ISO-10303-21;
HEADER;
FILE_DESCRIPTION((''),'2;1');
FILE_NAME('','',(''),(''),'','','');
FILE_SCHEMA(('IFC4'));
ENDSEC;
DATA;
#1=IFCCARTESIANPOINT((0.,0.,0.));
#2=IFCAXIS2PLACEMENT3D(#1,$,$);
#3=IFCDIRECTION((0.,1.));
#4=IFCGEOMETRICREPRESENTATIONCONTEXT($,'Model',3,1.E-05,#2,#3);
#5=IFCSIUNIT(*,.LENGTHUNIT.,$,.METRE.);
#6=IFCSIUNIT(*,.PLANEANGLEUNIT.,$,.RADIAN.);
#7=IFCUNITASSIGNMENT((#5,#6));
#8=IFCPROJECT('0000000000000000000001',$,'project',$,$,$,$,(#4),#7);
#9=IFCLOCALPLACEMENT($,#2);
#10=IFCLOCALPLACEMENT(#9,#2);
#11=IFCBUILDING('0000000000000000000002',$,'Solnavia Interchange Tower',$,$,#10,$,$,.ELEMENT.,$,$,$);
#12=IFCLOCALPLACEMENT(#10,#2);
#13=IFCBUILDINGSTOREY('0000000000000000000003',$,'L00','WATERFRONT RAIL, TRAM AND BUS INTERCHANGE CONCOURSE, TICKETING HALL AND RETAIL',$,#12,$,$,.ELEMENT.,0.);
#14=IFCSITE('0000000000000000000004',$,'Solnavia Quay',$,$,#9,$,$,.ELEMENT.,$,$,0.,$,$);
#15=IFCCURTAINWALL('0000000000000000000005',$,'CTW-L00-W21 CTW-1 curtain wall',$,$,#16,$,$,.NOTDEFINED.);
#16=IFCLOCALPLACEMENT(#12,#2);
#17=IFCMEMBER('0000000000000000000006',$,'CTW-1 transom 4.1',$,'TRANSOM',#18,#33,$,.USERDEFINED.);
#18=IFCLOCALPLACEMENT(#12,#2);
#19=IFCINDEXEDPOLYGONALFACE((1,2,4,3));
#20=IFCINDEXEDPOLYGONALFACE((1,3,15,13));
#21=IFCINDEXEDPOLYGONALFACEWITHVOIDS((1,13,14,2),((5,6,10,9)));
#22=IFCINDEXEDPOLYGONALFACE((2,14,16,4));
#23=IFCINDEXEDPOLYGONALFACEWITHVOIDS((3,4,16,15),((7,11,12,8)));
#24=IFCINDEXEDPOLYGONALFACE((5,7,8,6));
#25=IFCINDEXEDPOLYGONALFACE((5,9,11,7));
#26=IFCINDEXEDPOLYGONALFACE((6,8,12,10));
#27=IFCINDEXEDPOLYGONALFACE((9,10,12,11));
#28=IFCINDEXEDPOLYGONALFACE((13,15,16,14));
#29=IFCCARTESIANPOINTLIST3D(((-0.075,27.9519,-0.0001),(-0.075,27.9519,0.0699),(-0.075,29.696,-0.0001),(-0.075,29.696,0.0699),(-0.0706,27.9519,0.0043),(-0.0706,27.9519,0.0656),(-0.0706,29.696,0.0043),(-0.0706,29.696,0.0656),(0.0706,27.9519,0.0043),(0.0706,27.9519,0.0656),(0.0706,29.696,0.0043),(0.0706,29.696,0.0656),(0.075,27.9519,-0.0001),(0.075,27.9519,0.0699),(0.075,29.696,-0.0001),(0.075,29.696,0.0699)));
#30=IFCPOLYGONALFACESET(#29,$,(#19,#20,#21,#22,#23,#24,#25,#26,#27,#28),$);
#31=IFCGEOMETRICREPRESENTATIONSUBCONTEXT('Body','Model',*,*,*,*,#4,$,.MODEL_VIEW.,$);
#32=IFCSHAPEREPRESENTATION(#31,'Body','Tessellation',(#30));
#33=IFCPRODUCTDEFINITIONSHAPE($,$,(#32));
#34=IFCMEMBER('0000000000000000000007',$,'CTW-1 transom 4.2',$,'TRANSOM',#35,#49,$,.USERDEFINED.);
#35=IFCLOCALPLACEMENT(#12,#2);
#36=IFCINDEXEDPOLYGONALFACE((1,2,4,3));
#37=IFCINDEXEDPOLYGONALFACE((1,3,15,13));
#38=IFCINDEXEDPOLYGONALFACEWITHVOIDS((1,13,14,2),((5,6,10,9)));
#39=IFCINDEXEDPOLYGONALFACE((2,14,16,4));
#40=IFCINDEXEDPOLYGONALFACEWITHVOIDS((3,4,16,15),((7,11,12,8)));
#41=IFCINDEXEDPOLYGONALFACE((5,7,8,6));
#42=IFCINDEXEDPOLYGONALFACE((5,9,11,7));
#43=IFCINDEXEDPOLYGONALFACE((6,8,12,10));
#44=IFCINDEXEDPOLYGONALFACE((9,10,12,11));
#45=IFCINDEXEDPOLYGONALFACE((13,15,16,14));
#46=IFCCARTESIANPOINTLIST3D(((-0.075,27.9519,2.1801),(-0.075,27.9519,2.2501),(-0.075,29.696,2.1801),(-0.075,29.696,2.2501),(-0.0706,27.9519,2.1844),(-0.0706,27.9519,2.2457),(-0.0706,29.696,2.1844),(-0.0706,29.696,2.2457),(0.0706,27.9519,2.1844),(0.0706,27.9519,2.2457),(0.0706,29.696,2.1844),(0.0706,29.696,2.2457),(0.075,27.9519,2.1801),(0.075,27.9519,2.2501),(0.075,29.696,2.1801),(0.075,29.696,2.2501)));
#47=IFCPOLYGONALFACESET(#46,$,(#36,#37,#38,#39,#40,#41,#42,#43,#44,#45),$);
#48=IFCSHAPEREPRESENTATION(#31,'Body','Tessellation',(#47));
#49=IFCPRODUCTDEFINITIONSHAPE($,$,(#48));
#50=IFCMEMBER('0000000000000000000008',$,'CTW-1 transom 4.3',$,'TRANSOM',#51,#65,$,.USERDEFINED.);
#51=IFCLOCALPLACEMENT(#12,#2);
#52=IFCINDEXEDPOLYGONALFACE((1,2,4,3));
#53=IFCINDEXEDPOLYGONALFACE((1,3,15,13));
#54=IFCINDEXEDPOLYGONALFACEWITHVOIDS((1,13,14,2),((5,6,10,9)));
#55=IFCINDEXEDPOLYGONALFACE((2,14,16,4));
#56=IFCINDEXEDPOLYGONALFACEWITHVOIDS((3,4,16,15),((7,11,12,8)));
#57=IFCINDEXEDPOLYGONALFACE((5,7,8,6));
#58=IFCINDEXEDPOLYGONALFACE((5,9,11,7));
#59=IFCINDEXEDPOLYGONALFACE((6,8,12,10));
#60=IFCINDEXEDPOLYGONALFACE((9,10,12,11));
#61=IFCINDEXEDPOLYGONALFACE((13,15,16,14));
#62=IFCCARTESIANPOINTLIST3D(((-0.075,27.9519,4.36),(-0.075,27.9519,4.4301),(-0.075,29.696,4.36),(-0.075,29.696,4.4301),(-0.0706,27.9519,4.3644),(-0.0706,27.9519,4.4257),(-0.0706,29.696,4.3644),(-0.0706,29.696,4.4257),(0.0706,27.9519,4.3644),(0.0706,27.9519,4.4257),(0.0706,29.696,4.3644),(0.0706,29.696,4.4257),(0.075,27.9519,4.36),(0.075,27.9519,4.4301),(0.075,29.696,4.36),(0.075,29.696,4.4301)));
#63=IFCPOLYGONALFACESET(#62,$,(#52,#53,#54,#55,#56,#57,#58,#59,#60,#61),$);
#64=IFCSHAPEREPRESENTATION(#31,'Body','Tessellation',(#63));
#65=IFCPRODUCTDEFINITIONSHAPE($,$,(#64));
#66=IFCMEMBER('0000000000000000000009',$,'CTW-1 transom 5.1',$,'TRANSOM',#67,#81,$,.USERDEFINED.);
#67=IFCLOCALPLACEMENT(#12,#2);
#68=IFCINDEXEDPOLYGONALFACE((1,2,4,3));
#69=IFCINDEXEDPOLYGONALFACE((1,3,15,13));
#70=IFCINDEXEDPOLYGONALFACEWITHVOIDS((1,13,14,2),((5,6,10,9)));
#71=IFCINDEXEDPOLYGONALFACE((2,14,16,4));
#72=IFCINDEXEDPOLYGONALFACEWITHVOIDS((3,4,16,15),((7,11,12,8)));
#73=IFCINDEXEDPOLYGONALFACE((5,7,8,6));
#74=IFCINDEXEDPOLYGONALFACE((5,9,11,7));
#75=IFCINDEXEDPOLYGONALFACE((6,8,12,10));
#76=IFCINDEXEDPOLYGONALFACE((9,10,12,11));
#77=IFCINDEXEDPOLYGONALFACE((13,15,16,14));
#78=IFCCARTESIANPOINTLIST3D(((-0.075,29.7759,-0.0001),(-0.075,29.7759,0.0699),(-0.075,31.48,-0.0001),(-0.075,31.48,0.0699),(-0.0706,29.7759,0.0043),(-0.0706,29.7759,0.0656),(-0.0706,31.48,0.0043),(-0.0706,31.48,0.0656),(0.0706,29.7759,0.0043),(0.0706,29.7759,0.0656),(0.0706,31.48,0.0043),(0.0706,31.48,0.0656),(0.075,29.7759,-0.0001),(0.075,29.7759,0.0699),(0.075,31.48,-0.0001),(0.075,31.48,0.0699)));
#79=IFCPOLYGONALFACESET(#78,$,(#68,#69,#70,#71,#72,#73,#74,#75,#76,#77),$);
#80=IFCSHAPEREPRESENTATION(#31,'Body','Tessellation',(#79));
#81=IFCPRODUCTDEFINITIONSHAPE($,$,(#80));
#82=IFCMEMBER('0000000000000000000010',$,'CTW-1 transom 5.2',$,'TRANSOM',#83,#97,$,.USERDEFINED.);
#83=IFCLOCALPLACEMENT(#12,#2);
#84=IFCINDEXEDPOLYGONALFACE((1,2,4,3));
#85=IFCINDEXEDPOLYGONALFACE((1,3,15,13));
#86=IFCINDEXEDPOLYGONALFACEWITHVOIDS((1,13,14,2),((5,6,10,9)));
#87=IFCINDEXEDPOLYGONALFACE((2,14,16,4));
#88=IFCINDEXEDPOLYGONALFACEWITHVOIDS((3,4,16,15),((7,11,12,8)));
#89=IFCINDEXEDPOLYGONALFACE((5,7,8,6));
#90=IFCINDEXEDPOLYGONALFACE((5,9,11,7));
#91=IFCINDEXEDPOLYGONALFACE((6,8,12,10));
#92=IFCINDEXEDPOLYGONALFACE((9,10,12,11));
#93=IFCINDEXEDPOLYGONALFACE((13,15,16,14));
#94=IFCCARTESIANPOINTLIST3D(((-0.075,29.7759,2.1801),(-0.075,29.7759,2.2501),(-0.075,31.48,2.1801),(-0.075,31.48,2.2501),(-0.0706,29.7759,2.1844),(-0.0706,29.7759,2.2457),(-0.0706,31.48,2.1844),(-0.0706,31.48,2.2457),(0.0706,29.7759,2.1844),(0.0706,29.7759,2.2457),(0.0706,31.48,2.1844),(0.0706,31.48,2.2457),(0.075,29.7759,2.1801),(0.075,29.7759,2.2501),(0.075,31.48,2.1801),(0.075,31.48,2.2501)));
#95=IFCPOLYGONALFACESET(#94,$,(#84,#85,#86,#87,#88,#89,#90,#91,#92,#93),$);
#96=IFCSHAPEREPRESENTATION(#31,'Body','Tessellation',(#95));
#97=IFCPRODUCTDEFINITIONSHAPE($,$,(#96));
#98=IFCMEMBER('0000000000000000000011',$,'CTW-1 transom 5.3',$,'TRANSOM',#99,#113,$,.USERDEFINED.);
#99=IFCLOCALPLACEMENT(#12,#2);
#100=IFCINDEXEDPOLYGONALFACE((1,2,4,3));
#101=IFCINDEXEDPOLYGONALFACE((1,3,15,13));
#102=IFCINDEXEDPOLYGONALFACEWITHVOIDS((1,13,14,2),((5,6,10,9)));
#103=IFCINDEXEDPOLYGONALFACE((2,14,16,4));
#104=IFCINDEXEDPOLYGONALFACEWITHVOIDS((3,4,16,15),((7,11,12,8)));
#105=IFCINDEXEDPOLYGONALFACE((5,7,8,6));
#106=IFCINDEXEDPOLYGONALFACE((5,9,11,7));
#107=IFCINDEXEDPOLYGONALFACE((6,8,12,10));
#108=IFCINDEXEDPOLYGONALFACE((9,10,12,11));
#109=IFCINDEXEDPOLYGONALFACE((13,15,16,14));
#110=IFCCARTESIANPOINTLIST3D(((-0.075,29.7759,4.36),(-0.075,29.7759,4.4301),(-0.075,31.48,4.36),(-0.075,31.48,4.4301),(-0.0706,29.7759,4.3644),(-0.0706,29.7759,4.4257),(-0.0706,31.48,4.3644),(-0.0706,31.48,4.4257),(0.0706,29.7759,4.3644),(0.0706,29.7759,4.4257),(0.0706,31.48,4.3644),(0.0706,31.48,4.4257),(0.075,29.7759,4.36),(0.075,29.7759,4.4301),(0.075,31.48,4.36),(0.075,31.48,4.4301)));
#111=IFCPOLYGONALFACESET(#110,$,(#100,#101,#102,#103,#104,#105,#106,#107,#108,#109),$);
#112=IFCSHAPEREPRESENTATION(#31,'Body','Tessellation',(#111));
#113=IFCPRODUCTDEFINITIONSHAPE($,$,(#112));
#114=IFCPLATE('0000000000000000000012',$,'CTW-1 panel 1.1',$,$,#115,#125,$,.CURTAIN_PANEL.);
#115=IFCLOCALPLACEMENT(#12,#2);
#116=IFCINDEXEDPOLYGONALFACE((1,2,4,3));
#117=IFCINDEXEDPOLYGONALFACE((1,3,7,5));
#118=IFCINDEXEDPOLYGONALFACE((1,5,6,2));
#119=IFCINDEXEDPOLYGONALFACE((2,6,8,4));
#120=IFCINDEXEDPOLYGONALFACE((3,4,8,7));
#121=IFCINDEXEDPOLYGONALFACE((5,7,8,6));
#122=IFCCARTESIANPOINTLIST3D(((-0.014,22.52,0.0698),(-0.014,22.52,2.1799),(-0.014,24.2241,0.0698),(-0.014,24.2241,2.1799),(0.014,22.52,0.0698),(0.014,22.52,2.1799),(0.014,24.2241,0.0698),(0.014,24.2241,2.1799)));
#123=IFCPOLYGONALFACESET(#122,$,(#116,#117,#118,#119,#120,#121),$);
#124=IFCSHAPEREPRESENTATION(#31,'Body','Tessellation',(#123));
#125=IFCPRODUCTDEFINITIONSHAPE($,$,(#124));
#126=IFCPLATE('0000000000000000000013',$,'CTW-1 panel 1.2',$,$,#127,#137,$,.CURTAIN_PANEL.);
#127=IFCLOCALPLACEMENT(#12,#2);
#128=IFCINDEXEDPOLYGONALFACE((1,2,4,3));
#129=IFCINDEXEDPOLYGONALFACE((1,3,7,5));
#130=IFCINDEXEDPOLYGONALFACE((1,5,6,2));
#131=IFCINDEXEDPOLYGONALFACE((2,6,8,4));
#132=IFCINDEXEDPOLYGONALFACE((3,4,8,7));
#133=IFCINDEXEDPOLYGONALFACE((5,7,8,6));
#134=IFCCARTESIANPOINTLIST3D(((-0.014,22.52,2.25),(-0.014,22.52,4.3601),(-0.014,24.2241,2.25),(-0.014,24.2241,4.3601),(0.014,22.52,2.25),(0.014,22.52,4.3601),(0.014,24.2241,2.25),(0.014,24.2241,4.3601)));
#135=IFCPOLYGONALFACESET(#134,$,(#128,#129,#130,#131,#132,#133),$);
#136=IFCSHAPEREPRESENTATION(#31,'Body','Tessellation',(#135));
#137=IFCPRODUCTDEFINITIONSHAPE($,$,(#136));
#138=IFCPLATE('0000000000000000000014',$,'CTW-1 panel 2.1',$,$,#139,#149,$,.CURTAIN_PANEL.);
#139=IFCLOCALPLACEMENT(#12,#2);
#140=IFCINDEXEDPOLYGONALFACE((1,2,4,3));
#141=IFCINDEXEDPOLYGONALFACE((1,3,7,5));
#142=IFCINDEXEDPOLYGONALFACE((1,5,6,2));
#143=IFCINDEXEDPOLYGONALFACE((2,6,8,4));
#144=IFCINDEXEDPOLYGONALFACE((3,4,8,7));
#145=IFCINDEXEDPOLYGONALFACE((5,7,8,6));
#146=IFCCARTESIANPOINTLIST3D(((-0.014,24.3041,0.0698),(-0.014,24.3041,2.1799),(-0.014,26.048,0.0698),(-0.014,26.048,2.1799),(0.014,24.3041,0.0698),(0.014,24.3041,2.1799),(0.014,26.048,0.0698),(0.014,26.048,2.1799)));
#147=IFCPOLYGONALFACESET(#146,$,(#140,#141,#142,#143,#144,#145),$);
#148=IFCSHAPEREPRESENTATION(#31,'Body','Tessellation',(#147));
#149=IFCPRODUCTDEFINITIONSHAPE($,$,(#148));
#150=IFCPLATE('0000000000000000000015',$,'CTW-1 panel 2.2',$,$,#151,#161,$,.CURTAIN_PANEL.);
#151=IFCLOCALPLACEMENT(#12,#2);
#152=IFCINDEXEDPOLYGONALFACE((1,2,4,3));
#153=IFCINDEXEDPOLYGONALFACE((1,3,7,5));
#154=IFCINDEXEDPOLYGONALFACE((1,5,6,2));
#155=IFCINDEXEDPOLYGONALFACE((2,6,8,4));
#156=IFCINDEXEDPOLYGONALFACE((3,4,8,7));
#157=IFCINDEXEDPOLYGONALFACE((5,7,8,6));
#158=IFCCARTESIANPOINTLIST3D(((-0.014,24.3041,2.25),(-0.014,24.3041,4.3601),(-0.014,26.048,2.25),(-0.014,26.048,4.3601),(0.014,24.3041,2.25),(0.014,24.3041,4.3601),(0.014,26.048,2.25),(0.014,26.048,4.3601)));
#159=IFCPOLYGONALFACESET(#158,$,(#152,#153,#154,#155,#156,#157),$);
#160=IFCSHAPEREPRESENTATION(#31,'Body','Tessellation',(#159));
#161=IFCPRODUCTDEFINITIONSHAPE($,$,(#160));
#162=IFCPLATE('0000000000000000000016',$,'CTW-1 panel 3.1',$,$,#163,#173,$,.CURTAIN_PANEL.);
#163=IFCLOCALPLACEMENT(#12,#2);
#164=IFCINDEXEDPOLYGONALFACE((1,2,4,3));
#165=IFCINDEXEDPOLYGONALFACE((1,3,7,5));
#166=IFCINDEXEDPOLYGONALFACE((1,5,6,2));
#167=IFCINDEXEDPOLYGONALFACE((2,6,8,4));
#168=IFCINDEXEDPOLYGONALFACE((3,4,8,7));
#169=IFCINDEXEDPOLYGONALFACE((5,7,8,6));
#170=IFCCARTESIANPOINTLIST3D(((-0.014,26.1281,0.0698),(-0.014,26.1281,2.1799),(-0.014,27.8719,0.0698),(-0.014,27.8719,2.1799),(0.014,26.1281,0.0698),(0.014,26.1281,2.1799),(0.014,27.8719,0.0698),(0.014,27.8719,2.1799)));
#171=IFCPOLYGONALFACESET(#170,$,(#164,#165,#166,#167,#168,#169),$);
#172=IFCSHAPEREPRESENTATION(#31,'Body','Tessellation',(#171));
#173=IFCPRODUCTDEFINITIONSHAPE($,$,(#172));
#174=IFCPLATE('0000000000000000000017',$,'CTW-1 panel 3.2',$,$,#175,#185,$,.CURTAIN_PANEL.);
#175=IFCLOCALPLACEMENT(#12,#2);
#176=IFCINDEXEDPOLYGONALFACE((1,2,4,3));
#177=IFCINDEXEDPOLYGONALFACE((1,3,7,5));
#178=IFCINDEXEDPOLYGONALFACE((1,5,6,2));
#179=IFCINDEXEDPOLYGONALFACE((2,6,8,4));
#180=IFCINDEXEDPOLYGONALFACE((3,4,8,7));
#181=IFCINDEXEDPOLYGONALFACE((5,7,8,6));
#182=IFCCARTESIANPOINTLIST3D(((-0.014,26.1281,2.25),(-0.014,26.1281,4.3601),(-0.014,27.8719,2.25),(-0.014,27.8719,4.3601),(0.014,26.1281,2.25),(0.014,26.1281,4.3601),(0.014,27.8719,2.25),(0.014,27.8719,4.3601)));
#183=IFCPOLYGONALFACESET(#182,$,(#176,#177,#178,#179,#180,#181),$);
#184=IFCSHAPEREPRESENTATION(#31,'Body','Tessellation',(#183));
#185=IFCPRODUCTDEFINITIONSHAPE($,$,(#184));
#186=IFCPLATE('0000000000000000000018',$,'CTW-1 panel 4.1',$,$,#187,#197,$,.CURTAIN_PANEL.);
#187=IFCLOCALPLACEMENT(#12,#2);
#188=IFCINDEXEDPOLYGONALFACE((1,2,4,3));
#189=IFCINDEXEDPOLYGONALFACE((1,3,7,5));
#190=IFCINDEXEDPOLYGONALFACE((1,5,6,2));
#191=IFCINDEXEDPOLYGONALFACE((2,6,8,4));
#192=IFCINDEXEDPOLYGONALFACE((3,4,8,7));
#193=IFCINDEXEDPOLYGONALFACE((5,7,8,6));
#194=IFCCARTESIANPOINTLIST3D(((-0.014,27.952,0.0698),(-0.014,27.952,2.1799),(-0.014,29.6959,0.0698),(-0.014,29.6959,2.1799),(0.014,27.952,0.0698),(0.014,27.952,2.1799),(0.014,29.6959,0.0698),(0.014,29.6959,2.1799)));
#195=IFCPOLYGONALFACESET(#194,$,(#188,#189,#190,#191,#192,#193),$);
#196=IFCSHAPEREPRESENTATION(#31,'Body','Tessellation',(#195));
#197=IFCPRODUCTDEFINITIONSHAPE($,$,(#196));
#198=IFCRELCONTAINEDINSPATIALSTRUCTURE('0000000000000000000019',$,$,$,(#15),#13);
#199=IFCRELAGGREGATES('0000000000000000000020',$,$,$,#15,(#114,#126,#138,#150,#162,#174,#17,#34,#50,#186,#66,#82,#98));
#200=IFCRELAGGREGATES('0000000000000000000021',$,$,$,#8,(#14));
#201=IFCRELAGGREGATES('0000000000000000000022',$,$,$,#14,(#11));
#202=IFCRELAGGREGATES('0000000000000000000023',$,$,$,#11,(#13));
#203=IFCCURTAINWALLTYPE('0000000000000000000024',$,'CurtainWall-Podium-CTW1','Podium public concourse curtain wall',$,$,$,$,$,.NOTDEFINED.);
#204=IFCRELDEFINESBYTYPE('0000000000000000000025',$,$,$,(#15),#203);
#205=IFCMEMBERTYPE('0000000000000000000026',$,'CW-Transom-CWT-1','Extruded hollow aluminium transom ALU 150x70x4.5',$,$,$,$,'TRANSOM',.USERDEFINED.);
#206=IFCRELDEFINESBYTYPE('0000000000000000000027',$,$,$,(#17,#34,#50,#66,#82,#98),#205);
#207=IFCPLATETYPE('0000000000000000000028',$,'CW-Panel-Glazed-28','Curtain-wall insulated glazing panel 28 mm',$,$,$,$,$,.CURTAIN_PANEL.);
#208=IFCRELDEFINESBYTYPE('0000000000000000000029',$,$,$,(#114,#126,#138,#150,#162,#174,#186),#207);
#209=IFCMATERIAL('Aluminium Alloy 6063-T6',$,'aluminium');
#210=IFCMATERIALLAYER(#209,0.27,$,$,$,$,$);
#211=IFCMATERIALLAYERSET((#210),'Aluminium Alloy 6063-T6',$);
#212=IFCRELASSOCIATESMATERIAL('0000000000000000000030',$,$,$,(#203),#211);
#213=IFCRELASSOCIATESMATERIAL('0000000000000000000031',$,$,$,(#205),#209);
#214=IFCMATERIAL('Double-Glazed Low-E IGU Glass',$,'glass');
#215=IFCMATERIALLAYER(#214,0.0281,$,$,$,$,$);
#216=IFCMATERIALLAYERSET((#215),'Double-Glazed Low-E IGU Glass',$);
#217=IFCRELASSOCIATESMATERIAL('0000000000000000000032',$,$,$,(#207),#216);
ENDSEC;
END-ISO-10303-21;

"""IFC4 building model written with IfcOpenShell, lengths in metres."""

from ifc_helpers import new_model, si_unit, direction, frame, origin, origin_2d, place, context, subcontext, project, spatial, rectangle, hollow_rectangle, extrude, material, layer, layer_set, material_profile, profile_set, type_object, element, aggregate, save


model = new_model("IFC4")

# Units and contexts
model_context = context("Model", 3, precision=1e-05, world=origin(), true_north=direction((0.0, 1.0)))
body_context = subcontext(model_context, "Body", "Model", "MODEL_VIEW")
ifc_project = project(units=[si_unit("LENGTHUNIT", "METRE"), si_unit("PLANEANGLEUNIT", "RADIAN")], contexts=[model_context])

# Site, building, storey
site_placement = place(None, origin())
site = spatial("IfcSite", under=ifc_project, at=site_placement, Name="Solnavia Quay", CompositionType="ELEMENT", RefElevation=0.0)
building_placement = place(site_placement, origin())
building = spatial("IfcBuilding", under=site, at=building_placement, Name="Solnavia Interchange Tower", CompositionType="ELEMENT")
storey_placement = place(building_placement, origin())
storey = spatial("IfcBuildingStorey", under=building, at=storey_placement, Name="L00", Description="WATERFRONT RAIL, TRAM AND BUS INTERCHANGE CONCOURSE, TICKETING HALL AND RETAIL", CompositionType="ELEMENT", Elevation=0.0)

# Curtain wall, members, plates
ifc_material_1 = material(Name="Aluminium Alloy 6063-T6", Category="aluminium")
ifc_layer_1 = layer(ifc_material_1, 0.27)
ifc_layer_set_1 = layer_set([ifc_layer_1], Name="Aluminium Alloy 6063-T6")
curtain_wall_type = type_object("IfcCurtainWallType", Name="CurtainWall-Podium-CTW1", Description="Podium public concourse curtain wall", PredefinedType="NOTDEFINED", material=ifc_layer_set_1)
curtain_wall_placement = place(storey_placement, origin())
curtain_wall = element("IfcCurtainWall", 1, at=curtain_wall_placement, inside=storey, type_object=curtain_wall_type, Name="CTW-L00-W21 CTW-1 curtain wall", PredefinedType="NOTDEFINED")
ifc_material_profile_1 = material_profile(ifc_material_1, hollow_rectangle(XDim=0.0701, YDim=0.1499, WallThickness=0.0044, at=origin_2d()), Name="ALU 150x70x4.5")
ifc_profile_set_1 = profile_set([ifc_material_profile_1], Name="Aluminium Alloy 6063-T6")
member_type_1 = type_object("IfcMemberType", Name="CW-Transom-CWT-1", Description="Extruded hollow aluminium transom ALU 150x70x4.5", ElementType="TRANSOM", PredefinedType="USERDEFINED", material=ifc_profile_set_1)
member_1_placement = place(storey_placement, frame((0.0, 27.9519, 0.0349), z_axis=(0.0, 1.0, 0.0), x_axis=(0.0, 0.0, 1.0)))
member_1 = element("IfcMember", 2, at=member_1_placement, type_object=member_type_1, Name="CTW-1 transom 4.1", ObjectType="TRANSOM", PredefinedType="USERDEFINED", context=body_context, shape_type="SweptSolid", body=[
    extrude(hollow_rectangle(XDim=0.0701, YDim=0.1499, WallThickness=0.0044, at=origin_2d()), origin(), (0.0, 0.0, 1.0), 1.7441),
])
member_2_placement = place(storey_placement, frame((0.0, 27.9519, 2.2151), z_axis=(0.0, 1.0, 0.0), x_axis=(0.0, 0.0, 1.0)))
member_2 = element("IfcMember", 3, at=member_2_placement, type_object=member_type_1, Name="CTW-1 transom 4.2", ObjectType="TRANSOM", PredefinedType="USERDEFINED", context=body_context, shape_type="SweptSolid", body=[
    extrude(hollow_rectangle(XDim=0.0701, YDim=0.1499, WallThickness=0.0044, at=origin_2d()), origin(), (0.0, 0.0, 1.0), 1.7441),
])
member_3_placement = place(storey_placement, frame((0.0, 27.9519, 4.395), z_axis=(0.0, 1.0, 0.0), x_axis=(0.0, 0.0, 1.0)))
member_3 = element("IfcMember", 4, at=member_3_placement, type_object=member_type_1, Name="CTW-1 transom 4.3", ObjectType="TRANSOM", PredefinedType="USERDEFINED", context=body_context, shape_type="SweptSolid", body=[
    extrude(hollow_rectangle(XDim=0.0701, YDim=0.1499, WallThickness=0.0044, at=origin_2d()), origin(), (0.0, 0.0, 1.0), 1.7441),
])
member_4_placement = place(storey_placement, frame((0.0, 29.7759, 0.0349), z_axis=(0.0, 1.0, 0.0), x_axis=(0.0, 0.0, 1.0)))
member_4 = element("IfcMember", 5, at=member_4_placement, type_object=member_type_1, Name="CTW-1 transom 5.1", ObjectType="TRANSOM", PredefinedType="USERDEFINED", context=body_context, shape_type="SweptSolid", body=[
    extrude(hollow_rectangle(XDim=0.0701, YDim=0.1499, WallThickness=0.0044, at=origin_2d()), origin(), (0.0, 0.0, 1.0), 1.7041),
])
member_5_placement = place(storey_placement, frame((0.0, 29.7759, 2.2151), z_axis=(0.0, 1.0, 0.0), x_axis=(0.0, 0.0, 1.0)))
member_5 = element("IfcMember", 6, at=member_5_placement, type_object=member_type_1, Name="CTW-1 transom 5.2", ObjectType="TRANSOM", PredefinedType="USERDEFINED", context=body_context, shape_type="SweptSolid", body=[
    extrude(hollow_rectangle(XDim=0.0701, YDim=0.1499, WallThickness=0.0044, at=origin_2d()), origin(), (0.0, 0.0, 1.0), 1.7041),
])
member_6_placement = place(storey_placement, frame((0.0, 29.7759, 4.395), z_axis=(0.0, 1.0, 0.0), x_axis=(0.0, 0.0, 1.0)))
member_6 = element("IfcMember", 7, at=member_6_placement, type_object=member_type_1, Name="CTW-1 transom 5.3", ObjectType="TRANSOM", PredefinedType="USERDEFINED", context=body_context, shape_type="SweptSolid", body=[
    extrude(hollow_rectangle(XDim=0.0701, YDim=0.1499, WallThickness=0.0044, at=origin_2d()), origin(), (0.0, 0.0, 1.0), 1.7041),
])
ifc_material_2 = material(Name="Double-Glazed Low-E IGU Glass", Category="glass")
ifc_layer_2 = layer(ifc_material_2, 0.0281)
ifc_layer_set_2 = layer_set([ifc_layer_2], Name="Double-Glazed Low-E IGU Glass")
plate_type = type_object("IfcPlateType", Name="CW-Panel-Glazed-28", Description="Curtain-wall insulated glazing panel 28 mm", PredefinedType="CURTAIN_PANEL", material=ifc_layer_set_2)
plate_1_placement = place(storey_placement, frame((0.0, 23.3721, 0.0698), z_axis=(0.0, 0.0, 1.0), x_axis=(0.0, 1.0, 0.0)))
plate_1 = element("IfcPlate", 8, at=plate_1_placement, type_object=plate_type, Name="CTW-1 panel 1.1", PredefinedType="CURTAIN_PANEL", context=body_context, shape_type="SweptSolid", body=[
    extrude(rectangle(XDim=1.7041, YDim=0.0281, at=origin_2d()), origin(), (0.0, 0.0, 1.0), 2.1101),
])
plate_2_placement = place(storey_placement, frame((0.0, 23.3721, 2.25), z_axis=(0.0, 0.0, 1.0), x_axis=(0.0, 1.0, 0.0)))
plate_2 = element("IfcPlate", 9, at=plate_2_placement, type_object=plate_type, Name="CTW-1 panel 1.2", PredefinedType="CURTAIN_PANEL", context=body_context, shape_type="SweptSolid", body=[
    extrude(rectangle(XDim=1.7041, YDim=0.0281, at=origin_2d()), origin(), (0.0, 0.0, 1.0), 2.1101),
])
plate_3_placement = place(storey_placement, frame((0.0, 25.176, 0.0698), z_axis=(0.0, 0.0, 1.0), x_axis=(0.0, 1.0, 0.0)))
plate_3 = element("IfcPlate", 10, at=plate_3_placement, type_object=plate_type, Name="CTW-1 panel 2.1", PredefinedType="CURTAIN_PANEL", context=body_context, shape_type="SweptSolid", body=[
    extrude(rectangle(XDim=1.7439, YDim=0.0281, at=origin_2d()), origin(), (0.0, 0.0, 1.0), 2.1101),
])
plate_4_placement = place(storey_placement, frame((0.0, 25.176, 2.25), z_axis=(0.0, 0.0, 1.0), x_axis=(0.0, 1.0, 0.0)))
plate_4 = element("IfcPlate", 11, at=plate_4_placement, type_object=plate_type, Name="CTW-1 panel 2.2", PredefinedType="CURTAIN_PANEL", context=body_context, shape_type="SweptSolid", body=[
    extrude(rectangle(XDim=1.7439, YDim=0.0281, at=origin_2d()), origin(), (0.0, 0.0, 1.0), 2.1101),
])
plate_5_placement = place(storey_placement, frame((0.0, 27.0, 0.0698), z_axis=(0.0, 0.0, 1.0), x_axis=(0.0, 1.0, 0.0)))
plate_5 = element("IfcPlate", 12, at=plate_5_placement, type_object=plate_type, Name="CTW-1 panel 3.1", PredefinedType="CURTAIN_PANEL", context=body_context, shape_type="SweptSolid", body=[
    extrude(rectangle(XDim=1.7439, YDim=0.0281, at=origin_2d()), origin(), (0.0, 0.0, 1.0), 2.1101),
])
plate_6_placement = place(storey_placement, frame((0.0, 27.0, 2.25), z_axis=(0.0, 0.0, 1.0), x_axis=(0.0, 1.0, 0.0)))
plate_6 = element("IfcPlate", 13, at=plate_6_placement, type_object=plate_type, Name="CTW-1 panel 3.2", PredefinedType="CURTAIN_PANEL", context=body_context, shape_type="SweptSolid", body=[
    extrude(rectangle(XDim=1.7439, YDim=0.0281, at=origin_2d()), origin(), (0.0, 0.0, 1.0), 2.1101),
])
plate_7_placement = place(storey_placement, frame((0.0, 28.824, 0.0698), z_axis=(0.0, 0.0, 1.0), x_axis=(0.0, 1.0, 0.0)))
plate_7 = element("IfcPlate", 14, at=plate_7_placement, type_object=plate_type, Name="CTW-1 panel 4.1", PredefinedType="CURTAIN_PANEL", context=body_context, shape_type="SweptSolid", body=[
    extrude(rectangle(XDim=1.7439, YDim=0.0281, at=origin_2d()), origin(), (0.0, 0.0, 1.0), 2.1101),
])
aggregate(curtain_wall, [plate_1, plate_2, plate_3, plate_4, plate_5, plate_6, member_1, member_2, member_3, plate_7, member_4, member_5, member_6])

save(model, "model.ifc")
